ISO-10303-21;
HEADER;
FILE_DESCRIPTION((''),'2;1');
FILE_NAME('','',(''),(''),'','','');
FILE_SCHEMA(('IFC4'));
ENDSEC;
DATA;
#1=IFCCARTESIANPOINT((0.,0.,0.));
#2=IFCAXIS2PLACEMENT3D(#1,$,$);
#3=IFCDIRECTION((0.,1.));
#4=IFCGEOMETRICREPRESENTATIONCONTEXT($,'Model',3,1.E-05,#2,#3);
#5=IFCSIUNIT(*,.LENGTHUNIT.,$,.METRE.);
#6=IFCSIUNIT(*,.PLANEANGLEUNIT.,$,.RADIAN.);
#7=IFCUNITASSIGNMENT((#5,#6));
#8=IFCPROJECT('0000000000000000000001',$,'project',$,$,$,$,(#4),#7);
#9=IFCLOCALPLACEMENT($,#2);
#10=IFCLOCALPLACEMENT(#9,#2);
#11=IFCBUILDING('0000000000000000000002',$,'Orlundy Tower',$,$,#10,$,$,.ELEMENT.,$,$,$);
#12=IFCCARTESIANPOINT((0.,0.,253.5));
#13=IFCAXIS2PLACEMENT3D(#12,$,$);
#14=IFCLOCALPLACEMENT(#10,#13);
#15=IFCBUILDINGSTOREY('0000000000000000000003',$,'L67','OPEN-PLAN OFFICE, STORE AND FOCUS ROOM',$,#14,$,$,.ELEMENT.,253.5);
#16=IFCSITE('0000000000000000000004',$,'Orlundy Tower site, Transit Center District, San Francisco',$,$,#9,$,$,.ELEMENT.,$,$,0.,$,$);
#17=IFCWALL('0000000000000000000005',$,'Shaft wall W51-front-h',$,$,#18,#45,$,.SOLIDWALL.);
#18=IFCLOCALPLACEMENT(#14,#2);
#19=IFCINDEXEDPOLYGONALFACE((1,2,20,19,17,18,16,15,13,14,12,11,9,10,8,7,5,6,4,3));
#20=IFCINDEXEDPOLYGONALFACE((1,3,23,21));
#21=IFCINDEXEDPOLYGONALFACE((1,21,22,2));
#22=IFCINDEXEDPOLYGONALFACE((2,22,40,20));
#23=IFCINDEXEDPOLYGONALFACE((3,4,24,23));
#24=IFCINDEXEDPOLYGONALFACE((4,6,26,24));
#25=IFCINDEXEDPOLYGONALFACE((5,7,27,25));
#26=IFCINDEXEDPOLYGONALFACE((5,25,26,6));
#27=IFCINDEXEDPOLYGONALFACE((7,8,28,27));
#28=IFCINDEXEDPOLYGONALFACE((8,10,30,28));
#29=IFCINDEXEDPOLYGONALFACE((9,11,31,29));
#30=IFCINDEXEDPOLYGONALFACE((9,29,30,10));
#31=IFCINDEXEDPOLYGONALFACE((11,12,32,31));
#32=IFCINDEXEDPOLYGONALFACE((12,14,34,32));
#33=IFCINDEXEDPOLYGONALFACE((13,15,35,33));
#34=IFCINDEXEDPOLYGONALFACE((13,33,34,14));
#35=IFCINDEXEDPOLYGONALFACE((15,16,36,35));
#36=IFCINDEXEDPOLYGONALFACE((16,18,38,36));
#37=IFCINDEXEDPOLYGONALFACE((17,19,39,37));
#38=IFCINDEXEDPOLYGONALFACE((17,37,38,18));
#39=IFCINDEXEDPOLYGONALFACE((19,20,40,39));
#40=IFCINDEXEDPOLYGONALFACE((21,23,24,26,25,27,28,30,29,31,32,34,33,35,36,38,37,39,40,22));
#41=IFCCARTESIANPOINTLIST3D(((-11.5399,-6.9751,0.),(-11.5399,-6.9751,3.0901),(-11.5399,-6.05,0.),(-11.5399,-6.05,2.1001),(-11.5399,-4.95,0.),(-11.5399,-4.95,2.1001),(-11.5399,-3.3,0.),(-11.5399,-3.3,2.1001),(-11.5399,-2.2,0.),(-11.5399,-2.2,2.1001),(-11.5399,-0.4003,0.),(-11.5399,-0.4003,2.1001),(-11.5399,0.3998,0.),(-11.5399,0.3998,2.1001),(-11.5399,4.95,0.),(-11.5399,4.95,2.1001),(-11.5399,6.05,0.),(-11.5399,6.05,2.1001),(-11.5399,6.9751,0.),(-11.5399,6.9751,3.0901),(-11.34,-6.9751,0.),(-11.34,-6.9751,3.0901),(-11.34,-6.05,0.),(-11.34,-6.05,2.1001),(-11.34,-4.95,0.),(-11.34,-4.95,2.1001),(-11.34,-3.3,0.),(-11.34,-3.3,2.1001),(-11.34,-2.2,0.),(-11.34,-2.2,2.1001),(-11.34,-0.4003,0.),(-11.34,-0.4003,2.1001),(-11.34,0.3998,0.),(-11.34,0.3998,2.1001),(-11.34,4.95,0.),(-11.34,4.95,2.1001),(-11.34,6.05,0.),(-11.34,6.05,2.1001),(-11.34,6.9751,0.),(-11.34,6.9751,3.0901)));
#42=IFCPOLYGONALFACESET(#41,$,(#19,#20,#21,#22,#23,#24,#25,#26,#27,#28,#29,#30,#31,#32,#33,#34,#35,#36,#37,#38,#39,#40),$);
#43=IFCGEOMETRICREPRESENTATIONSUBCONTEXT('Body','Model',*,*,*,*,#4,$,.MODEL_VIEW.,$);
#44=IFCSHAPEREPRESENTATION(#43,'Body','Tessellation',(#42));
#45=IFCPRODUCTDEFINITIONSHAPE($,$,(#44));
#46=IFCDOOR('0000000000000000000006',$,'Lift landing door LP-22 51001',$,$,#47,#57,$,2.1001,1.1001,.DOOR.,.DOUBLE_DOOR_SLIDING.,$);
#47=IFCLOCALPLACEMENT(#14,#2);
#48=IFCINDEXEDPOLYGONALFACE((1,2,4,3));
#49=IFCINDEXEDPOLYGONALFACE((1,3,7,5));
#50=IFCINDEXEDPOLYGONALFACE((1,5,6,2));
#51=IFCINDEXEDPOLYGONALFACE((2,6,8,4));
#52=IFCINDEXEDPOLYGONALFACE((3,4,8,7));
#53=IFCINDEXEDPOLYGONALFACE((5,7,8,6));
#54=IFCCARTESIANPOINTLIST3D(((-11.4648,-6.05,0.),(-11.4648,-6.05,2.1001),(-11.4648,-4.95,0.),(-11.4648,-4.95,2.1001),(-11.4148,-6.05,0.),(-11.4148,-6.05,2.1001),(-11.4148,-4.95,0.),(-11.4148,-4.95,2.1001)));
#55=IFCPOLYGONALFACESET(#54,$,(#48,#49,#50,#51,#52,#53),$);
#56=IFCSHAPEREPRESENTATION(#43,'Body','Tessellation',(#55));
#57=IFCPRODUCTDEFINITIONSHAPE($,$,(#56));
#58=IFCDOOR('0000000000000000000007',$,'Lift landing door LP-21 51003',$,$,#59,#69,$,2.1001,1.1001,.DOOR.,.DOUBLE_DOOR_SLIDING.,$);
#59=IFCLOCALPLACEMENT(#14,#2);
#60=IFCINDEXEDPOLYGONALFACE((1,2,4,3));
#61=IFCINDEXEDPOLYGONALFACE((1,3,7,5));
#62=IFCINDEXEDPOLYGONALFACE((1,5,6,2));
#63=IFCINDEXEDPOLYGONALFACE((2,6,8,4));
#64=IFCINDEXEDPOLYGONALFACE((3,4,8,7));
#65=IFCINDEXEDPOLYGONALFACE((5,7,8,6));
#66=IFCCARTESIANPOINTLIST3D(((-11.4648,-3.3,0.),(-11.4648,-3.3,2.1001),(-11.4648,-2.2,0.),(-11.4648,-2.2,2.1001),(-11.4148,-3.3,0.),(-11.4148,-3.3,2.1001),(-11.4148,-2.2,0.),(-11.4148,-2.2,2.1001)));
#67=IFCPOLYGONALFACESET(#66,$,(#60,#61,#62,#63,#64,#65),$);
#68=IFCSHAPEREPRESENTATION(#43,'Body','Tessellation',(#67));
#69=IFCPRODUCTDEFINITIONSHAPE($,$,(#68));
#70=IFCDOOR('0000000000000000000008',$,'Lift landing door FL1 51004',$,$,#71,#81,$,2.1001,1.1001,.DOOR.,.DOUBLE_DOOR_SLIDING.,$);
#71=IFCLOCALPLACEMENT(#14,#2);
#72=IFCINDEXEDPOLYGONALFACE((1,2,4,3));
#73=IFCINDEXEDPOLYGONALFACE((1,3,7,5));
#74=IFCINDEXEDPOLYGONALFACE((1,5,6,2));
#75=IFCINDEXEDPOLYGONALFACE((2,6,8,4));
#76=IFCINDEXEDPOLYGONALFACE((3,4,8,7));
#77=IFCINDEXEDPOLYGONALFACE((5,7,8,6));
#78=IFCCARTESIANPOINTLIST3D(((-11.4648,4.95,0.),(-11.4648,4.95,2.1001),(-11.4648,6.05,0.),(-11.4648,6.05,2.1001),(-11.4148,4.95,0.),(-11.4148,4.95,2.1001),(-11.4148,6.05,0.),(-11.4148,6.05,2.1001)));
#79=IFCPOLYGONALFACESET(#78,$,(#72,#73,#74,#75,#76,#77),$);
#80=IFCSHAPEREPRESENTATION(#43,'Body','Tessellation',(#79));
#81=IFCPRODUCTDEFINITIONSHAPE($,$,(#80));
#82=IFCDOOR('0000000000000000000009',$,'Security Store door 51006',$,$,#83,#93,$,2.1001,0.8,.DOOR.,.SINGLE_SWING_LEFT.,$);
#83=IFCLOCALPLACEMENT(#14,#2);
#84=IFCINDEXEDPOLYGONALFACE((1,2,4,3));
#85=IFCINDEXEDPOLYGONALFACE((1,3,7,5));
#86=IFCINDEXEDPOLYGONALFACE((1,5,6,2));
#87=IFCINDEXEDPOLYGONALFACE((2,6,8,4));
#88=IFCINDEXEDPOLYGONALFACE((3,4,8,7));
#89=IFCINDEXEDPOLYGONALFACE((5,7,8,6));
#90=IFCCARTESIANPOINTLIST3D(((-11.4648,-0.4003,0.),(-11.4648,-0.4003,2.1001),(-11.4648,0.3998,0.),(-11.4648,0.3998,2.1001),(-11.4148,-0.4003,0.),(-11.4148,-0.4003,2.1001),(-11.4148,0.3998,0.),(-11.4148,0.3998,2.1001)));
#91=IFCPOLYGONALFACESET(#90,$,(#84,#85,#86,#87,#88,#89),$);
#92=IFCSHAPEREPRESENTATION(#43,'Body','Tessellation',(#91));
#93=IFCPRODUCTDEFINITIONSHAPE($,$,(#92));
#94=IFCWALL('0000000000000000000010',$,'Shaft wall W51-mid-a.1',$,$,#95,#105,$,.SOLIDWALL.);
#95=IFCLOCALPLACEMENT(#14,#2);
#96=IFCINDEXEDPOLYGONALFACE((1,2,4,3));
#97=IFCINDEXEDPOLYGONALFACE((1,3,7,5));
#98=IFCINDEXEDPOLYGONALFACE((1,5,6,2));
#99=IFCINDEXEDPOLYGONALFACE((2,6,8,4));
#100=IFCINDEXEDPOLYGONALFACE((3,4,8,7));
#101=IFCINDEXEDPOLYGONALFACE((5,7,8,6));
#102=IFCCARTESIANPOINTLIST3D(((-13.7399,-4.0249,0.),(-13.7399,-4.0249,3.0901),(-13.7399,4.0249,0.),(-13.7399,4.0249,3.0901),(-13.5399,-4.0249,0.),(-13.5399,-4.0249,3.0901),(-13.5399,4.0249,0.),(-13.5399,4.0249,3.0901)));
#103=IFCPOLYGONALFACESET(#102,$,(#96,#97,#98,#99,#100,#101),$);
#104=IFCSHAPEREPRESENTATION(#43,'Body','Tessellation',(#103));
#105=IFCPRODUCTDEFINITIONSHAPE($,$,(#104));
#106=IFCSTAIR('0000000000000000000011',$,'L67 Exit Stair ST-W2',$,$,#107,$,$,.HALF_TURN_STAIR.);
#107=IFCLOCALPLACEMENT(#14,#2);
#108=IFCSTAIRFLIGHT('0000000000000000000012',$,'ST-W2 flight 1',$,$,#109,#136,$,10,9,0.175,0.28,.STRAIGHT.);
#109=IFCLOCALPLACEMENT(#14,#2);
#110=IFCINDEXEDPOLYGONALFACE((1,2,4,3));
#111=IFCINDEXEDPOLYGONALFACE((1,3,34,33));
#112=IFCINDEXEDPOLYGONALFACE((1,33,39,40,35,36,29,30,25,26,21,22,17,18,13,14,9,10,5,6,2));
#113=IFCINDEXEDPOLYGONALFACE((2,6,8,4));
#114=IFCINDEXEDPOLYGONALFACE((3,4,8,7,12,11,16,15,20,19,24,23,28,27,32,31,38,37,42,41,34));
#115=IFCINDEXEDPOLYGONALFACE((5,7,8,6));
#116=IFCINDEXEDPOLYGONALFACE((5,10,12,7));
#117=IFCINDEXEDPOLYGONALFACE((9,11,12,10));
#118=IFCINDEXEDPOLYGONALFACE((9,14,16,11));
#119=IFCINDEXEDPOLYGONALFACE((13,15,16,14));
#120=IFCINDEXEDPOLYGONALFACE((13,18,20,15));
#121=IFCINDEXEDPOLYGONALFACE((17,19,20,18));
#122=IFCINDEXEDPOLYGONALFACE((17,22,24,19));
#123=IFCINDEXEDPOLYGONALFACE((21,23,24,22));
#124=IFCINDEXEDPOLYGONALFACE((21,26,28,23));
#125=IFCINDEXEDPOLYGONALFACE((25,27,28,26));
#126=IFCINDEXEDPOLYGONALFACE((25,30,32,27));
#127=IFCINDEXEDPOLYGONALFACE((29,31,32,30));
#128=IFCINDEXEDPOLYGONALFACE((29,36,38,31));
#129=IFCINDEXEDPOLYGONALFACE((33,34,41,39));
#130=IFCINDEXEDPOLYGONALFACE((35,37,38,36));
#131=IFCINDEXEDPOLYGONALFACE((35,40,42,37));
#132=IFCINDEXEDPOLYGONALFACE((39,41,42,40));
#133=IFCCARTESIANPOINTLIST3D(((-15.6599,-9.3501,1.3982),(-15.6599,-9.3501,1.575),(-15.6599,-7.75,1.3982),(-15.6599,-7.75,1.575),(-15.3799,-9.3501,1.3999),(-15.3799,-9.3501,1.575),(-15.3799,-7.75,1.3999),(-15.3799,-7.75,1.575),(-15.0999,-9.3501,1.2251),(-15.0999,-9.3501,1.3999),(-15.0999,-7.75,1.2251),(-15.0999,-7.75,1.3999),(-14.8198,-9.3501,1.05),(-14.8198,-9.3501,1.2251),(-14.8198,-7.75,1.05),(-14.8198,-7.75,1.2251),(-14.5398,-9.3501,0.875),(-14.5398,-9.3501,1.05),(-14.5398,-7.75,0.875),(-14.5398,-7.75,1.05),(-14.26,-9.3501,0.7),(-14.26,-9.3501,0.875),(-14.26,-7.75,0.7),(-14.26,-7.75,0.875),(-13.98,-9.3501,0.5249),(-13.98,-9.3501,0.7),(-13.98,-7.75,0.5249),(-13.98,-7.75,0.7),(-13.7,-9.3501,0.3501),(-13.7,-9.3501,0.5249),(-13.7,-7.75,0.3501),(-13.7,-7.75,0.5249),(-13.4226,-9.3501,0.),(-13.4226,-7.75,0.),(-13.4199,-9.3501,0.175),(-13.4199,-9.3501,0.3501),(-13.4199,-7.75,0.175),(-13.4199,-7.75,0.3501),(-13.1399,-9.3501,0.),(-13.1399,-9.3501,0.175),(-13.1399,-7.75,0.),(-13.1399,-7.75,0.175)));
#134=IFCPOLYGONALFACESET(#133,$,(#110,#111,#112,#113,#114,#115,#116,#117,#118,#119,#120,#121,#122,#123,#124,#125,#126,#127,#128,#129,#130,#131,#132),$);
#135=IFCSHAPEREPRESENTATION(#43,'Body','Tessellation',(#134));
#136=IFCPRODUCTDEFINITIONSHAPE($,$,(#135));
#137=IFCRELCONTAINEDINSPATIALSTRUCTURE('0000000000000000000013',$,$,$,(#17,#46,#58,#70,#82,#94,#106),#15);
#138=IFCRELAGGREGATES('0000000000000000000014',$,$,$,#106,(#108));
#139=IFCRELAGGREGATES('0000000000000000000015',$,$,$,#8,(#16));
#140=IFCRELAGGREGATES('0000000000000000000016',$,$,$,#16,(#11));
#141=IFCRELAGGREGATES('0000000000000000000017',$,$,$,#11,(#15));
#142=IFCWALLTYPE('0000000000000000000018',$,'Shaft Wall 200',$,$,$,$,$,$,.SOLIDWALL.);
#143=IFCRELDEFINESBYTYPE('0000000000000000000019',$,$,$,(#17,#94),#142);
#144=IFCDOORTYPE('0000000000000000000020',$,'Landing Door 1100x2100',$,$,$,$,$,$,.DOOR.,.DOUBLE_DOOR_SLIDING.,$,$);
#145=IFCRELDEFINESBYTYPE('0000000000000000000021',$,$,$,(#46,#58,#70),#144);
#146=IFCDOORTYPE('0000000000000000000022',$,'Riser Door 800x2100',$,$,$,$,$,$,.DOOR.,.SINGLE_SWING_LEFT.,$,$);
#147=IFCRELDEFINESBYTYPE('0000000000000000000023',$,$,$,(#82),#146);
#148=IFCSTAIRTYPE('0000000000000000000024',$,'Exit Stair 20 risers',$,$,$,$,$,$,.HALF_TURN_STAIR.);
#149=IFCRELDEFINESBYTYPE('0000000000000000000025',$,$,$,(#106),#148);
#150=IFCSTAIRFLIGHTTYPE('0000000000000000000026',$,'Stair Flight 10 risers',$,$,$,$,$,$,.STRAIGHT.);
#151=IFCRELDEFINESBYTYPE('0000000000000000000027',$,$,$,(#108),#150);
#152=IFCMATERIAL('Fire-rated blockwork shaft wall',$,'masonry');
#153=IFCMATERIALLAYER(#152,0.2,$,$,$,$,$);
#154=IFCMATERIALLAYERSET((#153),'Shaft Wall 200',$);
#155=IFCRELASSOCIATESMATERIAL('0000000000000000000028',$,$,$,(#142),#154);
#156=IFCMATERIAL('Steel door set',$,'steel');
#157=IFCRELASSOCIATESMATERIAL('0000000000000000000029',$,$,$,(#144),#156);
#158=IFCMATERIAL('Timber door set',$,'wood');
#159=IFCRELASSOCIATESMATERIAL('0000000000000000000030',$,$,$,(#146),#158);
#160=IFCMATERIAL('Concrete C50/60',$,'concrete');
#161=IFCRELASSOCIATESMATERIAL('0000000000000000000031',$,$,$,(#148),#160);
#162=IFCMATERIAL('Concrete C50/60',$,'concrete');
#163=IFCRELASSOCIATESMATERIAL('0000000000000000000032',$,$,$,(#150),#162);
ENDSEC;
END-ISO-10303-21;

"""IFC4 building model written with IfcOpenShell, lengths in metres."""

from ifc_helpers import new_model, si_unit, direction, frame, frame_2d, origin, place, context, subcontext, project, spatial, polyline, rectangle, outline, extrude, material, layer, layer_set, type_object, element, fill, aggregate, save


model = new_model("IFC4")

# Units and contexts
model_context = context("Model", 3, precision=1e-05, world=origin(), true_north=direction((0.0, 1.0)))
body_context = subcontext(model_context, "Body", "Model", "MODEL_VIEW")
ifc_project = project(units=[si_unit("LENGTHUNIT", "METRE"), si_unit("PLANEANGLEUNIT", "RADIAN")], contexts=[model_context])

# Site, building, storey
site_placement = place(None, origin())
site = spatial("IfcSite", under=ifc_project, at=site_placement, Name="Orlundy Tower site, Transit Center District, San Francisco", CompositionType="ELEMENT", RefElevation=0.0)
building_placement = place(site_placement, origin())
building = spatial("IfcBuilding", under=site, at=building_placement, Name="Orlundy Tower", CompositionType="ELEMENT")
storey_placement = place(building_placement, frame((0.0, 0.0, 253.5)))
storey = spatial("IfcBuildingStorey", under=building, at=storey_placement, Name="L67", Description="OPEN-PLAN OFFICE, STORE AND FOCUS ROOM", CompositionType="ELEMENT", Elevation=253.5)

# Shared definitions
ifc_material_1 = material(Name="Fire-rated blockwork shaft wall", Category="masonry")
ifc_layer_1 = layer(ifc_material_1, 0.2)
ifc_layer_set_1 = layer_set([ifc_layer_1], Name="Shaft Wall 200")
wall_type_1 = type_object("IfcWallType", Name="Shaft Wall 200", PredefinedType="SOLIDWALL", material=ifc_layer_set_1)

# Wall, openings, doors
wall_1_placement = place(storey_placement, frame((-11.4399, -6.9751, 0.0), z_axis=(0.0, 0.0, 1.0), x_axis=(0.0, 1.0, 0.0)))
wall_1 = element("IfcWall", 1, at=wall_1_placement, inside=storey, type_object=wall_type_1, Name="Shaft wall W51-front-h", PredefinedType="SOLIDWALL", context=body_context, shape_type="SweptSolid", body=[
    extrude(rectangle(XDim=13.9502, YDim=0.2, at=frame_2d((6.9751, 0.0))), origin(), (0.0, 0.0, 1.0), 3.0901),
])
opening_1_placement = place(wall_1_placement, frame((0.925, 0.0, 0.0)))
opening_1 = element("IfcOpeningElement", 2, at=opening_1_placement, cuts=wall_1, PredefinedType="OPENING", context=body_context, shape_type="SweptSolid", body=[
    extrude(rectangle(XDim=1.1001, YDim=2.1001, at=frame_2d((0.55, 1.05))), frame((0.0, 0.1101, 0.0), z_axis=(0.0, -1.0, 0.0), x_axis=(1.0, 0.0, 0.0)), (0.0, 0.0, 1.0), 0.2202),
])
opening_2_placement = place(wall_1_placement, frame((3.675, 0.0, 0.0)))
opening_2 = element("IfcOpeningElement", 3, at=opening_2_placement, cuts=wall_1, PredefinedType="OPENING", context=body_context, shape_type="SweptSolid", body=[
    extrude(rectangle(XDim=1.1001, YDim=2.1001, at=frame_2d((0.55, 1.05))), frame((0.0, 0.1101, 0.0), z_axis=(0.0, -1.0, 0.0), x_axis=(1.0, 0.0, 0.0)), (0.0, 0.0, 1.0), 0.2202),
])
opening_3_placement = place(wall_1_placement, frame((11.925, 0.0, 0.0)))
opening_3 = element("IfcOpeningElement", 4, at=opening_3_placement, cuts=wall_1, PredefinedType="OPENING", context=body_context, shape_type="SweptSolid", body=[
    extrude(rectangle(XDim=1.1001, YDim=2.1001, at=frame_2d((0.55, 1.05))), frame((0.0, 0.1101, 0.0), z_axis=(0.0, -1.0, 0.0), x_axis=(1.0, 0.0, 0.0)), (0.0, 0.0, 1.0), 0.2202),
])
opening_4_placement = place(wall_1_placement, frame((6.575, 0.0, 0.0)))
opening_4 = element("IfcOpeningElement", 5, at=opening_4_placement, cuts=wall_1, PredefinedType="OPENING", context=body_context, shape_type="SweptSolid", body=[
    extrude(rectangle(XDim=0.8, YDim=2.1001, at=frame_2d((0.3999, 1.05))), frame((0.0, 0.1101, 0.0), z_axis=(0.0, -1.0, 0.0), x_axis=(1.0, 0.0, 0.0)), (0.0, 0.0, 1.0), 0.2202),
])
ifc_material_2 = material(Name="Steel door set", Category="steel")
door_type_1 = type_object("IfcDoorType", Name="Landing Door 1100x2100", OperationType="DOUBLE_DOOR_SLIDING", PredefinedType="DOOR", material=ifc_material_2)
door_1_placement = place(opening_1_placement, origin())
door_1 = element("IfcDoor", 6, at=door_1_placement, inside=storey, type_object=door_type_1, Name="Lift landing door LP-22 51001", OperationType="DOUBLE_DOOR_SLIDING", OverallHeight=2.1001, OverallWidth=1.1001, PredefinedType="DOOR", context=body_context, shape_type="SweptSolid", body=[
    extrude(rectangle(XDim=1.1001, YDim=2.1001, at=frame_2d((0.55, 1.05))), frame((0.0, 0.0249, 0.0), z_axis=(0.0, -1.0, 0.0), x_axis=(1.0, 0.0, 0.0)), (0.0, 0.0, 1.0), 0.05),
])
fill(opening_1, door_1)
door_2_placement = place(opening_2_placement, origin())
door_2 = element("IfcDoor", 7, at=door_2_placement, inside=storey, type_object=door_type_1, Name="Lift landing door LP-21 51003", OperationType="DOUBLE_DOOR_SLIDING", OverallHeight=2.1001, OverallWidth=1.1001, PredefinedType="DOOR", context=body_context, shape_type="SweptSolid", body=[
    extrude(rectangle(XDim=1.1001, YDim=2.1001, at=frame_2d((0.55, 1.05))), frame((0.0, 0.0249, 0.0), z_axis=(0.0, -1.0, 0.0), x_axis=(1.0, 0.0, 0.0)), (0.0, 0.0, 1.0), 0.05),
])
fill(opening_2, door_2)
door_3_placement = place(opening_3_placement, origin())
door_3 = element("IfcDoor", 8, at=door_3_placement, inside=storey, type_object=door_type_1, Name="Lift landing door FL1 51004", OperationType="DOUBLE_DOOR_SLIDING", OverallHeight=2.1001, OverallWidth=1.1001, PredefinedType="DOOR", context=body_context, shape_type="SweptSolid", body=[
    extrude(rectangle(XDim=1.1001, YDim=2.1001, at=frame_2d((0.55, 1.05))), frame((0.0, 0.0249, 0.0), z_axis=(0.0, -1.0, 0.0), x_axis=(1.0, 0.0, 0.0)), (0.0, 0.0, 1.0), 0.05),
])
fill(opening_3, door_3)
ifc_material_3 = material(Name="Timber door set", Category="wood")
door_type_2 = type_object("IfcDoorType", Name="Riser Door 800x2100", OperationType="SINGLE_SWING_LEFT", PredefinedType="DOOR", material=ifc_material_3)
door_4_placement = place(opening_4_placement, origin())
door_4 = element("IfcDoor", 9, at=door_4_placement, inside=storey, type_object=door_type_2, Name="Security Store door 51006", OperationType="SINGLE_SWING_LEFT", OverallHeight=2.1001, OverallWidth=0.8, PredefinedType="DOOR", context=body_context, shape_type="SweptSolid", body=[
    extrude(rectangle(XDim=0.8, YDim=2.1001, at=frame_2d((0.3999, 1.05))), frame((0.0, 0.0249, 0.0), z_axis=(0.0, -1.0, 0.0), x_axis=(1.0, 0.0, 0.0)), (0.0, 0.0, 1.0), 0.05),
])
fill(opening_4, door_4)

# Wall
wall_2_placement = place(storey_placement, frame((-13.6399, -4.0249, 0.0), z_axis=(0.0, 0.0, 1.0), x_axis=(0.0, 1.0, 0.0)))
element("IfcWall", 10, at=wall_2_placement, inside=storey, type_object=wall_type_1, Name="Shaft wall W51-mid-a.1", PredefinedType="SOLIDWALL", context=body_context, shape_type="SweptSolid", body=[
    extrude(rectangle(XDim=8.0498, YDim=0.2, at=frame_2d((4.0249, 0.0))), origin(), (0.0, 0.0, 1.0), 3.0901),
])

# Stair, stair flight
ifc_material_4 = material(Name="Concrete C50/60", Category="concrete")
stair_type = type_object("IfcStairType", Name="Exit Stair 20 risers", PredefinedType="HALF_TURN_STAIR", material=ifc_material_4)
stair_placement = place(storey_placement, origin())
stair = element("IfcStair", 11, at=stair_placement, inside=storey, type_object=stair_type, Name="L67 Exit Stair ST-W2", PredefinedType="HALF_TURN_STAIR")
ifc_material_5 = material(Name="Concrete C50/60", Category="concrete")
stair_flight_type = type_object("IfcStairFlightType", Name="Stair Flight 10 risers", PredefinedType="STRAIGHT", material=ifc_material_5)
stair_flight_placement = place(storey_placement, frame((-13.1399, -8.55, 0.0), z_axis=(0.0, 0.0, 1.0), x_axis=(-1.0, 0.0, 0.0)))
stair_flight = element("IfcStairFlight", 12, at=stair_flight_placement, type_object=stair_flight_type, Name="ST-W2 flight 1", NumberOfRisers=10, NumberOfTreads=9, PredefinedType="STRAIGHT", RiserHeight=0.175, TreadLength=0.28, context=body_context, shape_type="SweptSolid", body=[
    extrude(outline(polyline([(0.0, 0.0), (0.0, 0.175), (0.28, 0.175), (0.28, 0.3501), (0.5601, 0.3501), (0.5601, 0.5249), (0.8401, 0.5249), (0.8401, 0.7), (1.1201, 0.7), (1.1201, 0.875), (1.3999, 0.875), (1.3999, 1.05), (1.6799, 1.05), (1.6799, 1.2251), (1.96, 1.2251), (1.96, 1.3999), (2.24, 1.3999), (2.24, 1.575), (2.52, 1.575), (2.52, 1.75), (2.52, 1.3982), (0.2827, 0.0), (0.0, 0.0)])), frame((0.0, 0.8, 0.0), z_axis=(0.0, -1.0, 0.0), x_axis=(1.0, 0.0, 0.0)), (0.0, 0.0, 1.0), 1.6001),
])
aggregate(stair, [stair_flight])

save(model, "model.ifc")
